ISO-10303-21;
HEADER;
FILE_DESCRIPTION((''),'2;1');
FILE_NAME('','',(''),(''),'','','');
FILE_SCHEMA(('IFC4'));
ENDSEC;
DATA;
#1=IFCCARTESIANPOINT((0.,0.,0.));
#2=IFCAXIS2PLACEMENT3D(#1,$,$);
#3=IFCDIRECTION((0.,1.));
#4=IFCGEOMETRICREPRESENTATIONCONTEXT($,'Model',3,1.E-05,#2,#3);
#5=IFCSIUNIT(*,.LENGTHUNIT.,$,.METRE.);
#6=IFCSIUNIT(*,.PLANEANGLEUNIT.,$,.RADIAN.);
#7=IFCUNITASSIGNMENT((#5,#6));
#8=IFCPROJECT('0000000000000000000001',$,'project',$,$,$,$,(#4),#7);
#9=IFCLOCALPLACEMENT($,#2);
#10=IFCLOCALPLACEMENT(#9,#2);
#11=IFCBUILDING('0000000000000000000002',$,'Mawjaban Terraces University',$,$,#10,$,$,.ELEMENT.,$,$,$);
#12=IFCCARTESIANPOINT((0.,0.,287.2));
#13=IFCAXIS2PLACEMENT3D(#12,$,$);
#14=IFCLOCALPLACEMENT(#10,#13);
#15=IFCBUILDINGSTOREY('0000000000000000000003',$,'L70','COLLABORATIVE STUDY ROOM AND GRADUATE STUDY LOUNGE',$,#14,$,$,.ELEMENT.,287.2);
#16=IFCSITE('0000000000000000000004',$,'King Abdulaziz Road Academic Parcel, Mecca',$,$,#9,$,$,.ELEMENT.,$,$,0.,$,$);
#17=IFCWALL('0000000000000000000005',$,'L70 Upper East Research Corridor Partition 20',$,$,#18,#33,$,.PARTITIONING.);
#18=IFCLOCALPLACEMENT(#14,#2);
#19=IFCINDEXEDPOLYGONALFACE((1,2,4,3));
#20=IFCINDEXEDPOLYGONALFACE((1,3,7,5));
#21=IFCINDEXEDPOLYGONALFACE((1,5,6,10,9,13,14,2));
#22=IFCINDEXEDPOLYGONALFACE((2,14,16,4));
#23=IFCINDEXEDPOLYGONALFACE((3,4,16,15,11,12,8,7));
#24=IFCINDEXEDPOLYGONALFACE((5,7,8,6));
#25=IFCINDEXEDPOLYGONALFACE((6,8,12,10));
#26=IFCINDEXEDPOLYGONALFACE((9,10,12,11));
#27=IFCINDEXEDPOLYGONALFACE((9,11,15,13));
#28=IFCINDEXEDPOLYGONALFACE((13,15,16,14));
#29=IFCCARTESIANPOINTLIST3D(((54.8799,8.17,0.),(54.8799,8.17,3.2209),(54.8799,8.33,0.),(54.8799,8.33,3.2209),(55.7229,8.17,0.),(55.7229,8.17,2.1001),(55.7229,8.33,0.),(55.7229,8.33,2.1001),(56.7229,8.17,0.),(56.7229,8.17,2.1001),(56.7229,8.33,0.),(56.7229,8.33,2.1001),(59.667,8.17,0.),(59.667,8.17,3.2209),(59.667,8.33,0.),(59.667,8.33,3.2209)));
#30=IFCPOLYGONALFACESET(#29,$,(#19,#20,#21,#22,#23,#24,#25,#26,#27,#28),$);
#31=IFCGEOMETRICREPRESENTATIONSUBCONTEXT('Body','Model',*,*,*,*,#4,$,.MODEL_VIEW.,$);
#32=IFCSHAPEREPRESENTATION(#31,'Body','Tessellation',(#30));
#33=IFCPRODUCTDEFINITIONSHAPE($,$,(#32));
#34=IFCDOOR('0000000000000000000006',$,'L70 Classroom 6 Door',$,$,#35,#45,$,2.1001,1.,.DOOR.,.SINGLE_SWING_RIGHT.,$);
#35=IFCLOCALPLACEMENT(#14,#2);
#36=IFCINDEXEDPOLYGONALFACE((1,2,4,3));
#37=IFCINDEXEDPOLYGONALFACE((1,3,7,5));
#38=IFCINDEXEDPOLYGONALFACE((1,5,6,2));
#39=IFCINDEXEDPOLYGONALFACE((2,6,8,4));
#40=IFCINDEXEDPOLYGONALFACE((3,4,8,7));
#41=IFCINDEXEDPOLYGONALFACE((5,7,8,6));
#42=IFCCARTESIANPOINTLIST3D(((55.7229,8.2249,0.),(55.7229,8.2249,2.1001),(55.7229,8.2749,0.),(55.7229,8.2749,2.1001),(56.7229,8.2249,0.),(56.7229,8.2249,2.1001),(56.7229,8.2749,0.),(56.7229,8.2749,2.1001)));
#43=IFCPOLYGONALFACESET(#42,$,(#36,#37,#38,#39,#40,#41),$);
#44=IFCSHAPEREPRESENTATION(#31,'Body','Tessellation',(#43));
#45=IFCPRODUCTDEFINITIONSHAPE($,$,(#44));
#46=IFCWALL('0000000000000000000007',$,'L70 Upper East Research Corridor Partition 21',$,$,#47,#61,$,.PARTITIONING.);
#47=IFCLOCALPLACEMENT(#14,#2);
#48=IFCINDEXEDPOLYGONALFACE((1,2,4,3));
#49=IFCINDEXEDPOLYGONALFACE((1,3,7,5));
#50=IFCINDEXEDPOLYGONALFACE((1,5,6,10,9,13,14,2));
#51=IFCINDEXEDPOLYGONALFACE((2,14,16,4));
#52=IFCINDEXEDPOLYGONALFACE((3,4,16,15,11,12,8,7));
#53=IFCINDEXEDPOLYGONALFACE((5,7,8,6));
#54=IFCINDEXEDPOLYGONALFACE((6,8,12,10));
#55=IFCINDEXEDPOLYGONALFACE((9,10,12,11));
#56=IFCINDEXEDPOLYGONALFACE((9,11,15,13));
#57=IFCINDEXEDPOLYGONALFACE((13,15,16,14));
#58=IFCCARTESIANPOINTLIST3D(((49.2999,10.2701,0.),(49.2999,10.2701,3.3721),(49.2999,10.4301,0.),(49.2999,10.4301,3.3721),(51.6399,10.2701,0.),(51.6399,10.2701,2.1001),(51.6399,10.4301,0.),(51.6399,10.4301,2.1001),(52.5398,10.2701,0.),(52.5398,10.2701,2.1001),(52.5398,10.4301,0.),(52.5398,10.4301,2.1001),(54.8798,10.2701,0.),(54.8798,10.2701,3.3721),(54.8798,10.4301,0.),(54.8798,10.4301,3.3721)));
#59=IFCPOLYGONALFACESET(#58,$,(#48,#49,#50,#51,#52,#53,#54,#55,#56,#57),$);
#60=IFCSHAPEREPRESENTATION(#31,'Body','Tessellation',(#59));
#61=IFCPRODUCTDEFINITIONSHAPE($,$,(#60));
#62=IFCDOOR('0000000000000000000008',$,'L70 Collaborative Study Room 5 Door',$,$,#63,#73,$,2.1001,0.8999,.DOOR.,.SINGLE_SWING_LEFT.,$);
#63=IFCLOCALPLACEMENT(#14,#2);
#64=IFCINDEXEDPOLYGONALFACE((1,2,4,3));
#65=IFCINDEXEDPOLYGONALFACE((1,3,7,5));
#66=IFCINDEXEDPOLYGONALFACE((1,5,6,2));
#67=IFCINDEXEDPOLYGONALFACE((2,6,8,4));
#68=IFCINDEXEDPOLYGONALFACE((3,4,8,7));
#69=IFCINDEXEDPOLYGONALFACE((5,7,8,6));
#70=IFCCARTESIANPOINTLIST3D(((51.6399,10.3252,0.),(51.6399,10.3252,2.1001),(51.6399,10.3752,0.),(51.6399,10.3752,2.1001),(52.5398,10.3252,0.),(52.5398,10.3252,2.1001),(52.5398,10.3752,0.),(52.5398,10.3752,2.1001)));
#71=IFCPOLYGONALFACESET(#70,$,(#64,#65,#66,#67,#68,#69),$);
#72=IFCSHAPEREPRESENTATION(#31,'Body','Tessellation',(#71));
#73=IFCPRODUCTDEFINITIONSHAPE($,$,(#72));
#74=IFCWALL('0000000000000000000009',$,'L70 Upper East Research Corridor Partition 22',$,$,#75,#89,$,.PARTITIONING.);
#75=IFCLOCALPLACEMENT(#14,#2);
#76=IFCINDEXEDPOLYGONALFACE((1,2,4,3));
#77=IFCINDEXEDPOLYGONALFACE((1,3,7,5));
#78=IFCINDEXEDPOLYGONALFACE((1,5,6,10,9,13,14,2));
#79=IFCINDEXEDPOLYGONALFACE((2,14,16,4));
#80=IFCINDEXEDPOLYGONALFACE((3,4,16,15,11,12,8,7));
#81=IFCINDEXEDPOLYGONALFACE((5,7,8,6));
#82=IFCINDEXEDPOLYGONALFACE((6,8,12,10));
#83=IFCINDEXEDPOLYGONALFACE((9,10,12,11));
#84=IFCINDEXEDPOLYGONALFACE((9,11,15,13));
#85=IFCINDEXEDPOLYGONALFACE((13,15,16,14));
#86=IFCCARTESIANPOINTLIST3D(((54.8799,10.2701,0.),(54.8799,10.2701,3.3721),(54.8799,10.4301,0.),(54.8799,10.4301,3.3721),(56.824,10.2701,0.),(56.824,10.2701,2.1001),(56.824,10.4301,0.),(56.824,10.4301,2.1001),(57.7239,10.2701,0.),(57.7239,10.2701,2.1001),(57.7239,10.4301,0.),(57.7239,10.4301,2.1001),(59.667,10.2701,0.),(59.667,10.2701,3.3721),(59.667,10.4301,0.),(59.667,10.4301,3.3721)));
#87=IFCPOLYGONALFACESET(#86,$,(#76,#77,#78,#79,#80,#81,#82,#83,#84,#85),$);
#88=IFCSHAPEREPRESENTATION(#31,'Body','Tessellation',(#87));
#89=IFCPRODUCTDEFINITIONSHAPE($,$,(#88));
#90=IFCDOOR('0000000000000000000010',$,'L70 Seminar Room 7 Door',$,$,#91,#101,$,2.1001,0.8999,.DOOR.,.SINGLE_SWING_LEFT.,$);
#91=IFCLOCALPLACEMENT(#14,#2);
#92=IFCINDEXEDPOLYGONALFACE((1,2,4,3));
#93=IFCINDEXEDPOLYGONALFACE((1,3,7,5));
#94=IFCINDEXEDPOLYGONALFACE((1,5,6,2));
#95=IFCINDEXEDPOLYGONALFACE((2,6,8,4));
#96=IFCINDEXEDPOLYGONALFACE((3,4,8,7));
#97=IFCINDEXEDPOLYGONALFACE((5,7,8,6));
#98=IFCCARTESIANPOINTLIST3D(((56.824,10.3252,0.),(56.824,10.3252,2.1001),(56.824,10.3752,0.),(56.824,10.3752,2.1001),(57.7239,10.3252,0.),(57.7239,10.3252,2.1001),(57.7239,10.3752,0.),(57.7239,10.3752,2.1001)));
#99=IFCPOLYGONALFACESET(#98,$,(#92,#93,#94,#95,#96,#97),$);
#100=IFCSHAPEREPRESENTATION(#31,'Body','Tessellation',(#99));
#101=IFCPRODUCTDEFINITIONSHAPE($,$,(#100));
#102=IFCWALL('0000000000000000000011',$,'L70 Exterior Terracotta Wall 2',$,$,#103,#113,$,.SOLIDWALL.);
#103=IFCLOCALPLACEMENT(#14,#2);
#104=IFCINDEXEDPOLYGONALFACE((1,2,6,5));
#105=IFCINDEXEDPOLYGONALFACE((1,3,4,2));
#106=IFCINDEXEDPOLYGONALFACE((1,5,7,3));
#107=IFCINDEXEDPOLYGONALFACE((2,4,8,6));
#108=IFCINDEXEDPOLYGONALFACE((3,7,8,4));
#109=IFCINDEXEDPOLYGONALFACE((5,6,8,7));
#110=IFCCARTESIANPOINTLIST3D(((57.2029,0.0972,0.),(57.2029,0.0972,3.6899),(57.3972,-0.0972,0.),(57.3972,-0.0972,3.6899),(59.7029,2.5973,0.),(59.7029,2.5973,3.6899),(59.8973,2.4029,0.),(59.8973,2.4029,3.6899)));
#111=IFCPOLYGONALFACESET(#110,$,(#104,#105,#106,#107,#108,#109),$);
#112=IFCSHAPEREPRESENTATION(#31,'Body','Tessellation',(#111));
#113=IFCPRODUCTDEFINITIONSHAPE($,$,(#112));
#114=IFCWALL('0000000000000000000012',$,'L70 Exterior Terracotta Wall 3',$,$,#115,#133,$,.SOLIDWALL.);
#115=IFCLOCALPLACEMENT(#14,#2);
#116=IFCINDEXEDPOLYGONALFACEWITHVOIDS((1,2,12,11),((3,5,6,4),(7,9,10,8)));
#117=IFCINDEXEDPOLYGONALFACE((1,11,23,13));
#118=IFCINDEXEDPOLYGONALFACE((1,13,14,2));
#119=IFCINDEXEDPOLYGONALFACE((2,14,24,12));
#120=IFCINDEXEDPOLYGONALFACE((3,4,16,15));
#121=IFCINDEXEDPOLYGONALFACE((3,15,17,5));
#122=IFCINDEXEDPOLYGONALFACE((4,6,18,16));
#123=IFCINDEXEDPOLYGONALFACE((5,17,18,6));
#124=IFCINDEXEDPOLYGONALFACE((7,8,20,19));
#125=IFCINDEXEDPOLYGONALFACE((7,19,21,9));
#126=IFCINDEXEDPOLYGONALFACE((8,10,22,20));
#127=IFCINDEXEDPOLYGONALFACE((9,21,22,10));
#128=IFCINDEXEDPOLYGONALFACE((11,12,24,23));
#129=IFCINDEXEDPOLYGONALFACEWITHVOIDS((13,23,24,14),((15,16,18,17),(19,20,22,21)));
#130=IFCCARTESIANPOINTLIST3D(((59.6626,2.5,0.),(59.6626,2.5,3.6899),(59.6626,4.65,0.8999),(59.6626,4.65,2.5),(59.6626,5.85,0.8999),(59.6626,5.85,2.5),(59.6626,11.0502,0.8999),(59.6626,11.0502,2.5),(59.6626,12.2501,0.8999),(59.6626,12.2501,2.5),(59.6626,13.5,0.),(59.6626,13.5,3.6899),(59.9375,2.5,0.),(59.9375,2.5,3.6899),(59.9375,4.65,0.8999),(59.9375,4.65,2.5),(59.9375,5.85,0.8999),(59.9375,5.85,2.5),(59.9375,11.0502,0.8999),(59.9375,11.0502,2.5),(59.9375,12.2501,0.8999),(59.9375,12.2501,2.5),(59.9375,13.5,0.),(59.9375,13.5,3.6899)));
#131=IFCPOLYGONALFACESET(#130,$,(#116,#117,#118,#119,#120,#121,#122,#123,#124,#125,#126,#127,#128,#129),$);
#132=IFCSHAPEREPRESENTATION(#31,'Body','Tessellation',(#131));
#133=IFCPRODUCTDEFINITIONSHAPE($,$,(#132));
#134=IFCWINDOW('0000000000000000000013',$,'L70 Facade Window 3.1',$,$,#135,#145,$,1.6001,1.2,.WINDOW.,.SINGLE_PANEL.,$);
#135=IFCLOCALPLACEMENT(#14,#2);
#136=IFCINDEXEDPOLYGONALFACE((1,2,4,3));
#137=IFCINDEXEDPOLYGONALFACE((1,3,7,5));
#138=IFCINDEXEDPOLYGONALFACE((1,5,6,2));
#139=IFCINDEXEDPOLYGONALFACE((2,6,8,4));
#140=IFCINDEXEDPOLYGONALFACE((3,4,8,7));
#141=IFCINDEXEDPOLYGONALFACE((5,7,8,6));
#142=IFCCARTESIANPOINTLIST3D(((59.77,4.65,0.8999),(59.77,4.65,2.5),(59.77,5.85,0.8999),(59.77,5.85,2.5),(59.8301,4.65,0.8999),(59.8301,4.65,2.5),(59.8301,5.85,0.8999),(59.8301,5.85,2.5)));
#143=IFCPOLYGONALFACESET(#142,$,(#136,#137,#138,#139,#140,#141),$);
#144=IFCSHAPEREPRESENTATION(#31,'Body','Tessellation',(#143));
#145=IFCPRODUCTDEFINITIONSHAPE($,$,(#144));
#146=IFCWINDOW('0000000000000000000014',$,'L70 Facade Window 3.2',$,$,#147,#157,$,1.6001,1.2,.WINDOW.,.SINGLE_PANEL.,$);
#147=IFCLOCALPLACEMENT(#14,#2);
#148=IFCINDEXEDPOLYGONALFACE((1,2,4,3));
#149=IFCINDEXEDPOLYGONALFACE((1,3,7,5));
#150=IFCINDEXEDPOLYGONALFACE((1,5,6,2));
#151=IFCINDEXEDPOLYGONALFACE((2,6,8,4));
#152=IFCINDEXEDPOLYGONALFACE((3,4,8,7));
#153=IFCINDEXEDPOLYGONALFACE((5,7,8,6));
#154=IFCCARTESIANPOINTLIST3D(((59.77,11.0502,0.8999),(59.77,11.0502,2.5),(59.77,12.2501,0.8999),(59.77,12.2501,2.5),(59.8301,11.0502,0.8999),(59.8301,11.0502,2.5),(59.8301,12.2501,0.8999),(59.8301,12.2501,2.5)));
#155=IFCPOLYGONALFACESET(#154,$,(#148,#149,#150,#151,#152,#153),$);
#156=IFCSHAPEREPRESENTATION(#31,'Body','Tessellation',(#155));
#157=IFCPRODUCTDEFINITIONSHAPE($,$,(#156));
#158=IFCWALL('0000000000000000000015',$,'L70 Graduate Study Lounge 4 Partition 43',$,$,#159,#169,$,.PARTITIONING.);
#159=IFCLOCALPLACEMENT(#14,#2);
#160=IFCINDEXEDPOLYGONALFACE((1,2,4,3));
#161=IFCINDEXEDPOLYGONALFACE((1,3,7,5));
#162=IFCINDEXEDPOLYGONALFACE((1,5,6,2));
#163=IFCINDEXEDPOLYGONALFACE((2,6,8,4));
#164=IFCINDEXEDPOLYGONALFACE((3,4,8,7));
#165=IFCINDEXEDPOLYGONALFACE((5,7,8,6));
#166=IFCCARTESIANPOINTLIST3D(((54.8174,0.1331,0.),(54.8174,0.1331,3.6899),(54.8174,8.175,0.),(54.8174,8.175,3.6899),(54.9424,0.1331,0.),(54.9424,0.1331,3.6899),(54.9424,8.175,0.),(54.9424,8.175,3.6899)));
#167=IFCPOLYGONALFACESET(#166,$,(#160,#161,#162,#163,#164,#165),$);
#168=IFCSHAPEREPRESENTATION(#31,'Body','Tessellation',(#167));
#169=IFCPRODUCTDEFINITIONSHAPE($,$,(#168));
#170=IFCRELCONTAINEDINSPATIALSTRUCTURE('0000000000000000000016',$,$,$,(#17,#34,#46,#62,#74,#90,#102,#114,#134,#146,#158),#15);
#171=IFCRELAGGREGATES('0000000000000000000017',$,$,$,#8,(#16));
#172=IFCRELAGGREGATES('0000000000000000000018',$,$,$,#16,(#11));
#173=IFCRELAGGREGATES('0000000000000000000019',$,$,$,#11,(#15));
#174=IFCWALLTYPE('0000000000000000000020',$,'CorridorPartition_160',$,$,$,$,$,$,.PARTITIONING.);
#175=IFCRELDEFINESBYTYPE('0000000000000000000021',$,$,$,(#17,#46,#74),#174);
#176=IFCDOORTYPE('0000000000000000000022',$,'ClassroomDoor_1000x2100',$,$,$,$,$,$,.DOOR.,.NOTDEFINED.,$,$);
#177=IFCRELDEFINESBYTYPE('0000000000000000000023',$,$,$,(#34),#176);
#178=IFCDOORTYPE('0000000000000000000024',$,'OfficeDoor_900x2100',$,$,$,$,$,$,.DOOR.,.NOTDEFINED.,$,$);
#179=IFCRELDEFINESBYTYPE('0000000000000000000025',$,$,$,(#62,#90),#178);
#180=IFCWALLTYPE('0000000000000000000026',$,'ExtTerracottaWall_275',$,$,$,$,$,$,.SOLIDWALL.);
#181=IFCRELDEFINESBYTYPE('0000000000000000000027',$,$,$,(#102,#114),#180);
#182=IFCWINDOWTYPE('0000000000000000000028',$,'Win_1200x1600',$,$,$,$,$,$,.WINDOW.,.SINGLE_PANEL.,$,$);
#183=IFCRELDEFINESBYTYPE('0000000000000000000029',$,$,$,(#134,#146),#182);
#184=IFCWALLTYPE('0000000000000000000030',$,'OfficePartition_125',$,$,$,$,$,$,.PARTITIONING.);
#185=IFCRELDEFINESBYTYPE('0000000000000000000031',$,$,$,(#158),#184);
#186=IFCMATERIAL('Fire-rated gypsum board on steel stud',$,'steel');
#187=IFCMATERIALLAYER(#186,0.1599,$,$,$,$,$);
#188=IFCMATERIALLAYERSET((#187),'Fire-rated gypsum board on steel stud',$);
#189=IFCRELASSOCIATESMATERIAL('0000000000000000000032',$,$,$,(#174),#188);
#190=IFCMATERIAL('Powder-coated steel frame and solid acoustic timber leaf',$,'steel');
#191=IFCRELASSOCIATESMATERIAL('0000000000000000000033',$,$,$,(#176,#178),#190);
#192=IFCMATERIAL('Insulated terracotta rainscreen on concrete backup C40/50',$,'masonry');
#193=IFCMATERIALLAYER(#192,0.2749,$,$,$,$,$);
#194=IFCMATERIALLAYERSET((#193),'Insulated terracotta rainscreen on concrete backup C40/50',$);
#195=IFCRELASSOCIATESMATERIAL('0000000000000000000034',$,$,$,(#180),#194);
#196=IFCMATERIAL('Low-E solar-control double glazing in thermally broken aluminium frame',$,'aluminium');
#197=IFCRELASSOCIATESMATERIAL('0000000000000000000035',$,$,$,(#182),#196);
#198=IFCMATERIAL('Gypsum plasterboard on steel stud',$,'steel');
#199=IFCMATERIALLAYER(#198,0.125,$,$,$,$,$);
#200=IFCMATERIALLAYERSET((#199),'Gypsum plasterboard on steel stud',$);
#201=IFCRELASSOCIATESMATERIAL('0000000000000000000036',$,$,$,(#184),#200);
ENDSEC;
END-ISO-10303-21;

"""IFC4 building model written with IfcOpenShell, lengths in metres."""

from ifc_helpers import new_model, si_unit, direction, frame, frame_2d, origin, place, context, subcontext, project, spatial, rectangle, extrude, material, layer, layer_set, type_object, element, fill, save


model = new_model("IFC4")

# Units and contexts
model_context = context("Model", 3, precision=1e-05, world=origin(), true_north=direction((0.0, 1.0)))
body_context = subcontext(model_context, "Body", "Model", "MODEL_VIEW")
ifc_project = project(units=[si_unit("LENGTHUNIT", "METRE"), si_unit("PLANEANGLEUNIT", "RADIAN")], contexts=[model_context])

# Site, building, storey
site_placement = place(None, origin())
site = spatial("IfcSite", under=ifc_project, at=site_placement, Name="King Abdulaziz Road Academic Parcel, Mecca", CompositionType="ELEMENT", RefElevation=0.0)
building_placement = place(site_placement, origin())
building = spatial("IfcBuilding", under=site, at=building_placement, Name="Mawjaban Terraces University", CompositionType="ELEMENT")
storey_placement = place(building_placement, frame((0.0, 0.0, 287.2)))
storey = spatial("IfcBuildingStorey", under=building, at=storey_placement, Name="L70", Description="COLLABORATIVE STUDY ROOM AND GRADUATE STUDY LOUNGE", CompositionType="ELEMENT", Elevation=287.2)

# Walls, openings, doors
ifc_material_1 = material(Name="Fire-rated gypsum board on steel stud", Category="steel")
ifc_layer_1 = layer(ifc_material_1, 0.1599)
ifc_layer_set_1 = layer_set([ifc_layer_1], Name="Fire-rated gypsum board on steel stud")
wall_type_1 = type_object("IfcWallType", Name="CorridorPartition_160", PredefinedType="PARTITIONING", material=ifc_layer_set_1)
wall_1_placement = place(storey_placement, frame((54.8799, 8.25, 0.0), z_axis=(0.0, 0.0, 1.0), x_axis=(1.0, 0.0, 0.0)))
wall_1 = element("IfcWall", 1, at=wall_1_placement, inside=storey, type_object=wall_type_1, Name="L70 Upper East Research Corridor Partition 20", PredefinedType="PARTITIONING", context=body_context, shape_type="SweptSolid", body=[
    extrude(rectangle(XDim=4.7871, YDim=0.1599, at=frame_2d((2.3936, 0.0))), origin(), (0.0, 0.0, 1.0), 3.2209),
])
opening_1_placement = place(wall_1_placement, frame((0.843, 0.0, 0.0)))
opening_1 = element("IfcOpeningElement", 2, at=opening_1_placement, cuts=wall_1, PredefinedType="OPENING", context=body_context, shape_type="SweptSolid", body=[
    extrude(rectangle(XDim=1.0, YDim=2.1001, at=frame_2d((0.5, 1.05))), frame((0.0, 0.0898, 0.0), z_axis=(0.0, -1.0, 0.0), x_axis=(1.0, 0.0, 0.0)), (0.0, 0.0, 1.0), 0.1799),
])
ifc_material_2 = material(Name="Powder-coated steel frame and solid acoustic timber leaf", Category="steel")
door_type_1 = type_object("IfcDoorType", Name="ClassroomDoor_1000x2100", OperationType="NOTDEFINED", PredefinedType="DOOR", material=ifc_material_2)
door_1_placement = place(opening_1_placement, origin())
door_1 = element("IfcDoor", 3, at=door_1_placement, inside=storey, type_object=door_type_1, Name="L70 Classroom 6 Door", OperationType="SINGLE_SWING_RIGHT", OverallHeight=2.1001, OverallWidth=1.0, PredefinedType="DOOR", context=body_context, shape_type="SweptSolid", body=[
    extrude(rectangle(XDim=1.0, YDim=2.1001, at=frame_2d((0.5, 1.05))), frame((0.0, 0.0249, 0.0), z_axis=(0.0, -1.0, 0.0), x_axis=(1.0, 0.0, 0.0)), (0.0, 0.0, 1.0), 0.05),
])
fill(opening_1, door_1)
wall_2_placement = place(storey_placement, frame((54.8799, 10.3501, 0.0), z_axis=(0.0, 0.0, 1.0), x_axis=(-1.0, 0.0, 0.0)))
wall_2 = element("IfcWall", 4, at=wall_2_placement, inside=storey, type_object=wall_type_1, Name="L70 Upper East Research Corridor Partition 21", PredefinedType="PARTITIONING", context=body_context, shape_type="SweptSolid", body=[
    extrude(rectangle(XDim=5.5798, YDim=0.1599, at=frame_2d((2.79, 0.0))), origin(), (0.0, 0.0, 1.0), 3.3721),
])
opening_2_placement = place(wall_2_placement, frame((2.3401, 0.0, 0.0)))
opening_2 = element("IfcOpeningElement", 5, at=opening_2_placement, cuts=wall_2, PredefinedType="OPENING", context=body_context, shape_type="SweptSolid", body=[
    extrude(rectangle(XDim=0.8999, YDim=2.1001, at=frame_2d((0.45, 1.05))), frame((0.0, 0.0898, 0.0), z_axis=(0.0, -1.0, 0.0), x_axis=(1.0, 0.0, 0.0)), (0.0, 0.0, 1.0), 0.1799),
])
door_type_2 = type_object("IfcDoorType", Name="OfficeDoor_900x2100", OperationType="NOTDEFINED", PredefinedType="DOOR", material=ifc_material_2)
door_2_placement = place(opening_2_placement, origin())
door_2 = element("IfcDoor", 6, at=door_2_placement, inside=storey, type_object=door_type_2, Name="L70 Collaborative Study Room 5 Door", OperationType="SINGLE_SWING_LEFT", OverallHeight=2.1001, OverallWidth=0.8999, PredefinedType="DOOR", context=body_context, shape_type="SweptSolid", body=[
    extrude(rectangle(XDim=0.8999, YDim=2.1001, at=frame_2d((0.45, 1.05))), frame((0.0, 0.0249, 0.0), z_axis=(0.0, -1.0, 0.0), x_axis=(1.0, 0.0, 0.0)), (0.0, 0.0, 1.0), 0.05),
])
fill(opening_2, door_2)
wall_3_placement = place(storey_placement, frame((59.667, 10.3501, 0.0), z_axis=(0.0, 0.0, 1.0), x_axis=(-1.0, 0.0, 0.0)))
wall_3 = element("IfcWall", 7, at=wall_3_placement, inside=storey, type_object=wall_type_1, Name="L70 Upper East Research Corridor Partition 22", PredefinedType="PARTITIONING", context=body_context, shape_type="SweptSolid", body=[
    extrude(rectangle(XDim=4.7871, YDim=0.1599, at=frame_2d((2.3936, 0.0))), origin(), (0.0, 0.0, 1.0), 3.3721),
])
opening_3_placement = place(wall_3_placement, frame((1.9431, 0.0, 0.0)))
opening_3 = element("IfcOpeningElement", 8, at=opening_3_placement, cuts=wall_3, PredefinedType="OPENING", context=body_context, shape_type="SweptSolid", body=[
    extrude(rectangle(XDim=0.8999, YDim=2.1001, at=frame_2d((0.45, 1.05))), frame((0.0, 0.0898, 0.0), z_axis=(0.0, -1.0, 0.0), x_axis=(1.0, 0.0, 0.0)), (0.0, 0.0, 1.0), 0.1799),
])
door_3_placement = place(opening_3_placement, origin())
door_3 = element("IfcDoor", 9, at=door_3_placement, inside=storey, type_object=door_type_2, Name="L70 Seminar Room 7 Door", OperationType="SINGLE_SWING_LEFT", OverallHeight=2.1001, OverallWidth=0.8999, PredefinedType="DOOR", context=body_context, shape_type="SweptSolid", body=[
    extrude(rectangle(XDim=0.8999, YDim=2.1001, at=frame_2d((0.45, 1.05))), frame((0.0, 0.0249, 0.0), z_axis=(0.0, -1.0, 0.0), x_axis=(1.0, 0.0, 0.0)), (0.0, 0.0, 1.0), 0.05),
])
fill(opening_3, door_3)

# Wall
ifc_material_3 = material(Name="Insulated terracotta rainscreen on concrete backup C40/50", Category="masonry")
ifc_layer_2 = layer(ifc_material_3, 0.2749)
ifc_layer_set_2 = layer_set([ifc_layer_2], Name="Insulated terracotta rainscreen on concrete backup C40/50")
wall_type_2 = type_object("IfcWallType", Name="ExtTerracottaWall_275", PredefinedType="SOLIDWALL", material=ifc_layer_set_2)
wall_4_placement = place(storey_placement, frame((57.3, 0.0, 0.0), z_axis=(0.0, 0.0, 1.0), x_axis=(0.707107, 0.707107, 0.0)))
element("IfcWall", 10, at=wall_4_placement, inside=storey, type_object=wall_type_2, Name="L70 Exterior Terracotta Wall 2", PredefinedType="SOLIDWALL", context=body_context, shape_type="SweptSolid", body=[
    extrude(rectangle(XDim=3.5356, YDim=0.2749, at=frame_2d((1.7678, 0.0))), origin(), (0.0, 0.0, 1.0), 3.6899),
])

# Wall, openings, windows
wall_5_placement = place(storey_placement, frame((59.8, 2.5, 0.0), z_axis=(0.0, 0.0, 1.0), x_axis=(0.0, 1.0, 0.0)))
wall_5 = element("IfcWall", 11, at=wall_5_placement, inside=storey, type_object=wall_type_2, Name="L70 Exterior Terracotta Wall 3", PredefinedType="SOLIDWALL", context=body_context, shape_type="SweptSolid", body=[
    extrude(rectangle(XDim=11.0, YDim=0.2749, at=frame_2d((5.5, 0.0))), origin(), (0.0, 0.0, 1.0), 3.6899),
])
opening_4_placement = place(wall_5_placement, frame((2.1499, 0.0, 0.8999)))
opening_4 = element("IfcOpeningElement", 12, at=opening_4_placement, cuts=wall_5, PredefinedType="OPENING", context=body_context, shape_type="SweptSolid", body=[
    extrude(rectangle(XDim=1.2, YDim=1.6001, at=frame_2d((0.6001, 0.8))), frame((0.0, 0.1475, 0.0), z_axis=(0.0, -1.0, 0.0), x_axis=(1.0, 0.0, 0.0)), (0.0, 0.0, 1.0), 0.2949),
])
opening_5_placement = place(wall_5_placement, frame((8.55, 0.0, 0.8999)))
opening_5 = element("IfcOpeningElement", 13, at=opening_5_placement, cuts=wall_5, PredefinedType="OPENING", context=body_context, shape_type="SweptSolid", body=[
    extrude(rectangle(XDim=1.2, YDim=1.6001, at=frame_2d((0.6001, 0.8))), frame((0.0, 0.1475, 0.0), z_axis=(0.0, -1.0, 0.0), x_axis=(1.0, 0.0, 0.0)), (0.0, 0.0, 1.0), 0.2949),
])
ifc_material_4 = material(Name="Low-E solar-control double glazing in thermally broken aluminium frame", Category="aluminium")
window_type = type_object("IfcWindowType", Name="Win_1200x1600", PartitioningType="SINGLE_PANEL", PredefinedType="WINDOW", material=ifc_material_4)
window_1_placement = place(opening_4_placement, origin())
window_1 = element("IfcWindow", 14, at=window_1_placement, inside=storey, type_object=window_type, Name="L70 Facade Window 3.1", OverallHeight=1.6001, OverallWidth=1.2, PartitioningType="SINGLE_PANEL", PredefinedType="WINDOW", context=body_context, shape_type="SweptSolid", body=[
    extrude(rectangle(XDim=1.2, YDim=1.6001, at=frame_2d((0.6001, 0.8))), frame((0.0, 0.03, 0.0), z_axis=(0.0, -1.0, 0.0), x_axis=(1.0, 0.0, 0.0)), (0.0, 0.0, 1.0), 0.0601),
])
fill(opening_4, window_1)
window_2_placement = place(opening_5_placement, origin())
window_2 = element("IfcWindow", 15, at=window_2_placement, inside=storey, type_object=window_type, Name="L70 Facade Window 3.2", OverallHeight=1.6001, OverallWidth=1.2, PartitioningType="SINGLE_PANEL", PredefinedType="WINDOW", context=body_context, shape_type="SweptSolid", body=[
    extrude(rectangle(XDim=1.2, YDim=1.6001, at=frame_2d((0.6001, 0.8))), frame((0.0, 0.03, 0.0), z_axis=(0.0, -1.0, 0.0), x_axis=(1.0, 0.0, 0.0)), (0.0, 0.0, 1.0), 0.0601),
])
fill(opening_5, window_2)

# Wall
ifc_material_5 = material(Name="Gypsum plasterboard on steel stud", Category="steel")
ifc_layer_3 = layer(ifc_material_5, 0.125)
ifc_layer_set_3 = layer_set([ifc_layer_3], Name="Gypsum plasterboard on steel stud")
wall_type_3 = type_object("IfcWallType", Name="OfficePartition_125", PredefinedType="PARTITIONING", material=ifc_layer_set_3)
wall_6_placement = place(storey_placement, frame((54.8799, 0.1331, 0.0), z_axis=(0.0, 0.0, 1.0), x_axis=(0.0, 1.0, 0.0)))
element("IfcWall", 16, at=wall_6_placement, inside=storey, type_object=wall_type_3, Name="L70 Graduate Study Lounge 4 Partition 43", PredefinedType="PARTITIONING", context=body_context, shape_type="SweptSolid", body=[
    extrude(rectangle(XDim=8.042, YDim=0.125, at=frame_2d((4.021, 0.0))), origin(), (0.0, 0.0, 1.0), 3.6899),
])

save(model, "model.ifc")
